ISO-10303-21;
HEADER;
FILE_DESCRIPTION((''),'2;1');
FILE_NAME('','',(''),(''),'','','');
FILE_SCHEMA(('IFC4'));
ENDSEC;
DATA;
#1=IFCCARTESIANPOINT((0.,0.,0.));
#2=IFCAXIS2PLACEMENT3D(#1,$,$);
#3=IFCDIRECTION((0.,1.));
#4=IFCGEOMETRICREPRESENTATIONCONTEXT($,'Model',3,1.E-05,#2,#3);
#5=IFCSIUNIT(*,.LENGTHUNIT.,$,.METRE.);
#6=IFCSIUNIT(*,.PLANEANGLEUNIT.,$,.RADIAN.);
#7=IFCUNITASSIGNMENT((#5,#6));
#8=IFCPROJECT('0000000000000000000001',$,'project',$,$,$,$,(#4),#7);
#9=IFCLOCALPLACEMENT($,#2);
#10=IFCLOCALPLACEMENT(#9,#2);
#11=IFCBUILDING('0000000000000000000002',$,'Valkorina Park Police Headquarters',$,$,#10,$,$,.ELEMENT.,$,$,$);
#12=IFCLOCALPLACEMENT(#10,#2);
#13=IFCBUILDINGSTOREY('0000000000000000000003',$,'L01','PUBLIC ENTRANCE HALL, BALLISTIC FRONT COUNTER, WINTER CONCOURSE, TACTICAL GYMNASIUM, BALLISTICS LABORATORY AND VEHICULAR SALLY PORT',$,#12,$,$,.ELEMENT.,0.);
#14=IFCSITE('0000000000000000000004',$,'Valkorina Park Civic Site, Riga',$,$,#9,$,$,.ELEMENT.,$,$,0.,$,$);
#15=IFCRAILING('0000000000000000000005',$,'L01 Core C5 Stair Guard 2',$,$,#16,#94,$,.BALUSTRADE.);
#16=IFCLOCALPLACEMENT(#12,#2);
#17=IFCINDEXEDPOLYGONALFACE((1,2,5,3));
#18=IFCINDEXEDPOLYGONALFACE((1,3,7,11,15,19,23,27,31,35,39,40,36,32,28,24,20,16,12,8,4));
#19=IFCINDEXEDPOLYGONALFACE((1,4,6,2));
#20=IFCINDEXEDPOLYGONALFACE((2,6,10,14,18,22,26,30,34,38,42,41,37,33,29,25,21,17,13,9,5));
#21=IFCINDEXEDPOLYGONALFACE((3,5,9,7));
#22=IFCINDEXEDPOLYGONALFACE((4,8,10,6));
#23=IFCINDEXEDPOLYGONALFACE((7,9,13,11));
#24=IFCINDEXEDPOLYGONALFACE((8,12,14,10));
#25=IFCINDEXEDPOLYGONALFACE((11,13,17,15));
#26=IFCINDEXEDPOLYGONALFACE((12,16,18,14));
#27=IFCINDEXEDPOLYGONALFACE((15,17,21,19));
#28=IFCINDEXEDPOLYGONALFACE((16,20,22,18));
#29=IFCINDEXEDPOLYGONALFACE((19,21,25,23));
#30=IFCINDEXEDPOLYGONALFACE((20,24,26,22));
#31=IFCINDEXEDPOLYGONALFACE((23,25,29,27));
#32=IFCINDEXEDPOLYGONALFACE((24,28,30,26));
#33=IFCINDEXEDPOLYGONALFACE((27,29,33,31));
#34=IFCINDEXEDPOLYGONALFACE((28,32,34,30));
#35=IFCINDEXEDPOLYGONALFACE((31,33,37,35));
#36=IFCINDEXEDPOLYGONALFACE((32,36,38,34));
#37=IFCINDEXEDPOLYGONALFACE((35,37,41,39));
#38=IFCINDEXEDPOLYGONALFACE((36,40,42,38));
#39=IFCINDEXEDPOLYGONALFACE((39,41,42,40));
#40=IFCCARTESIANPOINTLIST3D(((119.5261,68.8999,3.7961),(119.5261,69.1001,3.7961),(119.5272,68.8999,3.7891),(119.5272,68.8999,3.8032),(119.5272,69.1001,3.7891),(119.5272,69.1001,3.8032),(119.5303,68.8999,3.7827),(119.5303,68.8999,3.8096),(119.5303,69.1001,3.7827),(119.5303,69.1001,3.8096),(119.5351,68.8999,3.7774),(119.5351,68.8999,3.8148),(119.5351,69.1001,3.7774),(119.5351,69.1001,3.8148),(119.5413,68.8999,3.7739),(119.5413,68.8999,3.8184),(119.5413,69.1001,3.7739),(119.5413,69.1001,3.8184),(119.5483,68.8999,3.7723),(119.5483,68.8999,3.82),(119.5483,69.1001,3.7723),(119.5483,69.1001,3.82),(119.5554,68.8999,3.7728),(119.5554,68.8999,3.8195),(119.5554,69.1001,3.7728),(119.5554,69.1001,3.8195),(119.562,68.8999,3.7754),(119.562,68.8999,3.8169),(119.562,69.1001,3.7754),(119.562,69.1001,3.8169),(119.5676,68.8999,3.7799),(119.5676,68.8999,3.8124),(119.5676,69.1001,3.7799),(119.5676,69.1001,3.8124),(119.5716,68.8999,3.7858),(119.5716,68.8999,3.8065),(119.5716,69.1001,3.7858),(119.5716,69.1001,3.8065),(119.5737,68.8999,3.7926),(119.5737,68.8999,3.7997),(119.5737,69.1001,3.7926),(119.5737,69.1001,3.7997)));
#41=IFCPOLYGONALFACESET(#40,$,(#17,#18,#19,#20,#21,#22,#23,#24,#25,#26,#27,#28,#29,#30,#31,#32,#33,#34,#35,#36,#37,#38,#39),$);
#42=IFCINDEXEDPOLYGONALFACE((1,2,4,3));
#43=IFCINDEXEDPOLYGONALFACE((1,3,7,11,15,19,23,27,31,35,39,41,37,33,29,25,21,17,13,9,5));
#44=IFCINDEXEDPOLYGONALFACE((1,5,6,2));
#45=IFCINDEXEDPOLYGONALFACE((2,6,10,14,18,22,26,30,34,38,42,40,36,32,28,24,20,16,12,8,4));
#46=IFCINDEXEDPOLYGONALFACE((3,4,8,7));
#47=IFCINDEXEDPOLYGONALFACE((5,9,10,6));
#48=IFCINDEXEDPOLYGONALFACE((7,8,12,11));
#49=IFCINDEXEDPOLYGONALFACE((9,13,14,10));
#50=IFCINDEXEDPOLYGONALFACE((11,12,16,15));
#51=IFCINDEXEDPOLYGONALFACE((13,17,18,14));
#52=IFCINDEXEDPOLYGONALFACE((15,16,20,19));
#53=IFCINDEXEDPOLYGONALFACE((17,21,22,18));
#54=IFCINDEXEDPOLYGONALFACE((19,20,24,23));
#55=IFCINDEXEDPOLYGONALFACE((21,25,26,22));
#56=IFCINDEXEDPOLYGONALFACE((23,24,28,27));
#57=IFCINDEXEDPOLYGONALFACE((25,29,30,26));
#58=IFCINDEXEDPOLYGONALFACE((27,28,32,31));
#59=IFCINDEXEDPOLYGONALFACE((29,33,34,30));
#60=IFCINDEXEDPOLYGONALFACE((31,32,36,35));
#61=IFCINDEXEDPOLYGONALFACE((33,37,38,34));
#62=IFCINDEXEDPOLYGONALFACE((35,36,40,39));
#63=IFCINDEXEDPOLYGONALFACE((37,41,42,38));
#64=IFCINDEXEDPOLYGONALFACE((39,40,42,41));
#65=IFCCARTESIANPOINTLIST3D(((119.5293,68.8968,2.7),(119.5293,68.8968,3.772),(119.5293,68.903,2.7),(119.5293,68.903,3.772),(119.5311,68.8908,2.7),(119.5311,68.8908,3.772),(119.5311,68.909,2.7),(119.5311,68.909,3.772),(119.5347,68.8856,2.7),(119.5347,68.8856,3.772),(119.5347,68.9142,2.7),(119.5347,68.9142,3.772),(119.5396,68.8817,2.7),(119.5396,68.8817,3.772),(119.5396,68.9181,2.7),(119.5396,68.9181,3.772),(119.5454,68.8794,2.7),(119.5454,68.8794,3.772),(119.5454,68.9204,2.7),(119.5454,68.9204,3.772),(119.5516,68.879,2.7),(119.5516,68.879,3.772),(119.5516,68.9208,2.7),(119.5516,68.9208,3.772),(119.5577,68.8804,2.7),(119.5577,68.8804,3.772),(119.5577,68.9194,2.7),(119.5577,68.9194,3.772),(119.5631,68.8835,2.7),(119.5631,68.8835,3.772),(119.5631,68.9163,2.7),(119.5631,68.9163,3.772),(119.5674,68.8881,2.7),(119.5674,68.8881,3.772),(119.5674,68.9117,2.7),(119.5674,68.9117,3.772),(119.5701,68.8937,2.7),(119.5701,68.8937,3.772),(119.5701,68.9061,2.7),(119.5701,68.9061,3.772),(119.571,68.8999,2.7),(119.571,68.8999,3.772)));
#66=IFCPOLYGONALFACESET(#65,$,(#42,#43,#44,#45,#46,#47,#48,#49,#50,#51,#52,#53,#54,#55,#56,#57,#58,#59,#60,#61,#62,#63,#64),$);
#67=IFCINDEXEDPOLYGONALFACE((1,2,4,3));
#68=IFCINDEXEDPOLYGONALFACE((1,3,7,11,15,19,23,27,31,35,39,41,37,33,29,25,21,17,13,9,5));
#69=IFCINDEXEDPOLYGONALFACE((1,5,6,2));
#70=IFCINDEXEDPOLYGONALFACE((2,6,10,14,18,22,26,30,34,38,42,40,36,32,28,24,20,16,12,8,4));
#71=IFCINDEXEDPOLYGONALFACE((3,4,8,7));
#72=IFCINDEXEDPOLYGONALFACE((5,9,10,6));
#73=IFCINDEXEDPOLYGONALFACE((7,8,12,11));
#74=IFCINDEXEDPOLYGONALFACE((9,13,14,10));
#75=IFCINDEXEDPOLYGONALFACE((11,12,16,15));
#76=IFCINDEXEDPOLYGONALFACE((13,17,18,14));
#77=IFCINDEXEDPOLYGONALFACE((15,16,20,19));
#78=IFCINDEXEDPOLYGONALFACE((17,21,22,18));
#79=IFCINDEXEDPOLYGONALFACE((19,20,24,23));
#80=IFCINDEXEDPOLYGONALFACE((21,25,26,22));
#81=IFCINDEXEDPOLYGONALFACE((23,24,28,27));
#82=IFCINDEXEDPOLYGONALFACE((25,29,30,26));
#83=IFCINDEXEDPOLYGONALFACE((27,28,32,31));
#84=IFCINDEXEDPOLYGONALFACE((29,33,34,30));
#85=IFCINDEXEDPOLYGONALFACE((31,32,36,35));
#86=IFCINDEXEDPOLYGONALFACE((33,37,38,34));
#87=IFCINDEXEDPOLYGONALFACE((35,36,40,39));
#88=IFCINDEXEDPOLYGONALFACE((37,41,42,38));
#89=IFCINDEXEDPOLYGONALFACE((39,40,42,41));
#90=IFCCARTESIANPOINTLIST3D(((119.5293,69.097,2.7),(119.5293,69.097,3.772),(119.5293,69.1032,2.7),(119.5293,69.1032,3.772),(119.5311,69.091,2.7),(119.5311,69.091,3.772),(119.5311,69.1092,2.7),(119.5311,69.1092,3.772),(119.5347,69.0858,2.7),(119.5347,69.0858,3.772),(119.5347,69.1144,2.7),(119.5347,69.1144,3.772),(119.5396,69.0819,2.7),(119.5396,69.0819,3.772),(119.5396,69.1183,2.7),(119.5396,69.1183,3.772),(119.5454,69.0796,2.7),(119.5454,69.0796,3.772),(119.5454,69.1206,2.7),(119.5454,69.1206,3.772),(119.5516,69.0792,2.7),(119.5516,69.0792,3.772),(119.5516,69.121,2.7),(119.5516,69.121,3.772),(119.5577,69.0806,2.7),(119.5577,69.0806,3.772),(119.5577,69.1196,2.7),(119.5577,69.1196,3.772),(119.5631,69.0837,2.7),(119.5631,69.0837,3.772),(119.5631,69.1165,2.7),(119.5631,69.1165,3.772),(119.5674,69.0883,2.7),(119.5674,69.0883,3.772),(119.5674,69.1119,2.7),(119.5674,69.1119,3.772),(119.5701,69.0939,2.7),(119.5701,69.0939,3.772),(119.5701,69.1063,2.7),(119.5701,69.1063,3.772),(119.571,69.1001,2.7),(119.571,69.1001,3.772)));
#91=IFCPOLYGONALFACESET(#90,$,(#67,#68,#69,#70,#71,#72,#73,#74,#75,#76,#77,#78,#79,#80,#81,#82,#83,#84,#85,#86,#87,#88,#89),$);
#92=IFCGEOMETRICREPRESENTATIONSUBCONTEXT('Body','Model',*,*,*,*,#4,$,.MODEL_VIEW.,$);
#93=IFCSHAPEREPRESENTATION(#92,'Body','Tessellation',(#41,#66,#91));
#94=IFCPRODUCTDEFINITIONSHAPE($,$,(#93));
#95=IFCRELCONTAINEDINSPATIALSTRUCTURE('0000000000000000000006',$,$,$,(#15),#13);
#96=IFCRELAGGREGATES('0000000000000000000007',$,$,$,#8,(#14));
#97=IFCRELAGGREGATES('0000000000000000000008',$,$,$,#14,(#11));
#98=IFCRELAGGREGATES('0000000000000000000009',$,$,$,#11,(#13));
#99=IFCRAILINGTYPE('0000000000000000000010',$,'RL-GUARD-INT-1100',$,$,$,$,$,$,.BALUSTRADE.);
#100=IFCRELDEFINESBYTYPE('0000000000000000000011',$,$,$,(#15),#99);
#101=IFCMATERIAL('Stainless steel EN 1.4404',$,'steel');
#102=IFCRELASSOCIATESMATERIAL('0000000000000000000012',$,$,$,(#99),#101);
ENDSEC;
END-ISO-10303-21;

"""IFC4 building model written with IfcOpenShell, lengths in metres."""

from ifc_helpers import new_model, si_unit, direction, frame, origin, origin_2d, place, context, subcontext, project, spatial, circle, extrude, material, type_object, element, save


model = new_model("IFC4")

# Units and contexts
model_context = context("Model", 3, precision=1e-05, world=origin(), true_north=direction((0.0, 1.0)))
body_context = subcontext(model_context, "Body", "Model", "MODEL_VIEW")
ifc_project = project(units=[si_unit("LENGTHUNIT", "METRE"), si_unit("PLANEANGLEUNIT", "RADIAN")], contexts=[model_context])

# Site, building, storey
site_placement = place(None, origin())
site = spatial("IfcSite", under=ifc_project, at=site_placement, Name="Valkorina Park Civic Site, Riga", CompositionType="ELEMENT", RefElevation=0.0)
building_placement = place(site_placement, origin())
building = spatial("IfcBuilding", under=site, at=building_placement, Name="Valkorina Park Police Headquarters", CompositionType="ELEMENT")
storey_placement = place(building_placement, origin())
storey = spatial("IfcBuildingStorey", under=building, at=storey_placement, Name="L01", Description="PUBLIC ENTRANCE HALL, BALLISTIC FRONT COUNTER, WINTER CONCOURSE, TACTICAL GYMNASIUM, BALLISTICS LABORATORY AND VEHICULAR SALLY PORT", CompositionType="ELEMENT", Elevation=0.0)

# Railing
ifc_material_1 = material(Name="Stainless steel EN 1.4404", Category="steel")
railing_type_1 = type_object("IfcRailingType", Name="RL-GUARD-INT-1100", PredefinedType="BALUSTRADE", material=ifc_material_1)
railing_1_placement = place(storey_placement, frame((119.55, 68.8999, 2.7)))
element("IfcRailing", 1, at=railing_1_placement, inside=storey, type_object=railing_type_1, Name="L01 Core C5 Stair Guard 2", PredefinedType="BALUSTRADE", context=body_context, shape_type="SweptSolid", body=[
    extrude(circle(Radius=0.0239, at=origin_2d()), frame((0.0, 0.0, 1.0962), z_axis=(0.0, 1.0, 0.0), x_axis=(-1.0, 0.0, 0.0)), (0.0, 0.0, 1.0), 0.2002),
    extrude(circle(Radius=0.021, at=origin_2d()), origin(), (0.0, 0.0, 1.0), 1.072),
    extrude(circle(Radius=0.021, at=origin_2d()), frame((0.0, 0.2002, 0.0)), (0.0, 0.0, 1.0), 1.072),
])

save(model, "model.ifc")
